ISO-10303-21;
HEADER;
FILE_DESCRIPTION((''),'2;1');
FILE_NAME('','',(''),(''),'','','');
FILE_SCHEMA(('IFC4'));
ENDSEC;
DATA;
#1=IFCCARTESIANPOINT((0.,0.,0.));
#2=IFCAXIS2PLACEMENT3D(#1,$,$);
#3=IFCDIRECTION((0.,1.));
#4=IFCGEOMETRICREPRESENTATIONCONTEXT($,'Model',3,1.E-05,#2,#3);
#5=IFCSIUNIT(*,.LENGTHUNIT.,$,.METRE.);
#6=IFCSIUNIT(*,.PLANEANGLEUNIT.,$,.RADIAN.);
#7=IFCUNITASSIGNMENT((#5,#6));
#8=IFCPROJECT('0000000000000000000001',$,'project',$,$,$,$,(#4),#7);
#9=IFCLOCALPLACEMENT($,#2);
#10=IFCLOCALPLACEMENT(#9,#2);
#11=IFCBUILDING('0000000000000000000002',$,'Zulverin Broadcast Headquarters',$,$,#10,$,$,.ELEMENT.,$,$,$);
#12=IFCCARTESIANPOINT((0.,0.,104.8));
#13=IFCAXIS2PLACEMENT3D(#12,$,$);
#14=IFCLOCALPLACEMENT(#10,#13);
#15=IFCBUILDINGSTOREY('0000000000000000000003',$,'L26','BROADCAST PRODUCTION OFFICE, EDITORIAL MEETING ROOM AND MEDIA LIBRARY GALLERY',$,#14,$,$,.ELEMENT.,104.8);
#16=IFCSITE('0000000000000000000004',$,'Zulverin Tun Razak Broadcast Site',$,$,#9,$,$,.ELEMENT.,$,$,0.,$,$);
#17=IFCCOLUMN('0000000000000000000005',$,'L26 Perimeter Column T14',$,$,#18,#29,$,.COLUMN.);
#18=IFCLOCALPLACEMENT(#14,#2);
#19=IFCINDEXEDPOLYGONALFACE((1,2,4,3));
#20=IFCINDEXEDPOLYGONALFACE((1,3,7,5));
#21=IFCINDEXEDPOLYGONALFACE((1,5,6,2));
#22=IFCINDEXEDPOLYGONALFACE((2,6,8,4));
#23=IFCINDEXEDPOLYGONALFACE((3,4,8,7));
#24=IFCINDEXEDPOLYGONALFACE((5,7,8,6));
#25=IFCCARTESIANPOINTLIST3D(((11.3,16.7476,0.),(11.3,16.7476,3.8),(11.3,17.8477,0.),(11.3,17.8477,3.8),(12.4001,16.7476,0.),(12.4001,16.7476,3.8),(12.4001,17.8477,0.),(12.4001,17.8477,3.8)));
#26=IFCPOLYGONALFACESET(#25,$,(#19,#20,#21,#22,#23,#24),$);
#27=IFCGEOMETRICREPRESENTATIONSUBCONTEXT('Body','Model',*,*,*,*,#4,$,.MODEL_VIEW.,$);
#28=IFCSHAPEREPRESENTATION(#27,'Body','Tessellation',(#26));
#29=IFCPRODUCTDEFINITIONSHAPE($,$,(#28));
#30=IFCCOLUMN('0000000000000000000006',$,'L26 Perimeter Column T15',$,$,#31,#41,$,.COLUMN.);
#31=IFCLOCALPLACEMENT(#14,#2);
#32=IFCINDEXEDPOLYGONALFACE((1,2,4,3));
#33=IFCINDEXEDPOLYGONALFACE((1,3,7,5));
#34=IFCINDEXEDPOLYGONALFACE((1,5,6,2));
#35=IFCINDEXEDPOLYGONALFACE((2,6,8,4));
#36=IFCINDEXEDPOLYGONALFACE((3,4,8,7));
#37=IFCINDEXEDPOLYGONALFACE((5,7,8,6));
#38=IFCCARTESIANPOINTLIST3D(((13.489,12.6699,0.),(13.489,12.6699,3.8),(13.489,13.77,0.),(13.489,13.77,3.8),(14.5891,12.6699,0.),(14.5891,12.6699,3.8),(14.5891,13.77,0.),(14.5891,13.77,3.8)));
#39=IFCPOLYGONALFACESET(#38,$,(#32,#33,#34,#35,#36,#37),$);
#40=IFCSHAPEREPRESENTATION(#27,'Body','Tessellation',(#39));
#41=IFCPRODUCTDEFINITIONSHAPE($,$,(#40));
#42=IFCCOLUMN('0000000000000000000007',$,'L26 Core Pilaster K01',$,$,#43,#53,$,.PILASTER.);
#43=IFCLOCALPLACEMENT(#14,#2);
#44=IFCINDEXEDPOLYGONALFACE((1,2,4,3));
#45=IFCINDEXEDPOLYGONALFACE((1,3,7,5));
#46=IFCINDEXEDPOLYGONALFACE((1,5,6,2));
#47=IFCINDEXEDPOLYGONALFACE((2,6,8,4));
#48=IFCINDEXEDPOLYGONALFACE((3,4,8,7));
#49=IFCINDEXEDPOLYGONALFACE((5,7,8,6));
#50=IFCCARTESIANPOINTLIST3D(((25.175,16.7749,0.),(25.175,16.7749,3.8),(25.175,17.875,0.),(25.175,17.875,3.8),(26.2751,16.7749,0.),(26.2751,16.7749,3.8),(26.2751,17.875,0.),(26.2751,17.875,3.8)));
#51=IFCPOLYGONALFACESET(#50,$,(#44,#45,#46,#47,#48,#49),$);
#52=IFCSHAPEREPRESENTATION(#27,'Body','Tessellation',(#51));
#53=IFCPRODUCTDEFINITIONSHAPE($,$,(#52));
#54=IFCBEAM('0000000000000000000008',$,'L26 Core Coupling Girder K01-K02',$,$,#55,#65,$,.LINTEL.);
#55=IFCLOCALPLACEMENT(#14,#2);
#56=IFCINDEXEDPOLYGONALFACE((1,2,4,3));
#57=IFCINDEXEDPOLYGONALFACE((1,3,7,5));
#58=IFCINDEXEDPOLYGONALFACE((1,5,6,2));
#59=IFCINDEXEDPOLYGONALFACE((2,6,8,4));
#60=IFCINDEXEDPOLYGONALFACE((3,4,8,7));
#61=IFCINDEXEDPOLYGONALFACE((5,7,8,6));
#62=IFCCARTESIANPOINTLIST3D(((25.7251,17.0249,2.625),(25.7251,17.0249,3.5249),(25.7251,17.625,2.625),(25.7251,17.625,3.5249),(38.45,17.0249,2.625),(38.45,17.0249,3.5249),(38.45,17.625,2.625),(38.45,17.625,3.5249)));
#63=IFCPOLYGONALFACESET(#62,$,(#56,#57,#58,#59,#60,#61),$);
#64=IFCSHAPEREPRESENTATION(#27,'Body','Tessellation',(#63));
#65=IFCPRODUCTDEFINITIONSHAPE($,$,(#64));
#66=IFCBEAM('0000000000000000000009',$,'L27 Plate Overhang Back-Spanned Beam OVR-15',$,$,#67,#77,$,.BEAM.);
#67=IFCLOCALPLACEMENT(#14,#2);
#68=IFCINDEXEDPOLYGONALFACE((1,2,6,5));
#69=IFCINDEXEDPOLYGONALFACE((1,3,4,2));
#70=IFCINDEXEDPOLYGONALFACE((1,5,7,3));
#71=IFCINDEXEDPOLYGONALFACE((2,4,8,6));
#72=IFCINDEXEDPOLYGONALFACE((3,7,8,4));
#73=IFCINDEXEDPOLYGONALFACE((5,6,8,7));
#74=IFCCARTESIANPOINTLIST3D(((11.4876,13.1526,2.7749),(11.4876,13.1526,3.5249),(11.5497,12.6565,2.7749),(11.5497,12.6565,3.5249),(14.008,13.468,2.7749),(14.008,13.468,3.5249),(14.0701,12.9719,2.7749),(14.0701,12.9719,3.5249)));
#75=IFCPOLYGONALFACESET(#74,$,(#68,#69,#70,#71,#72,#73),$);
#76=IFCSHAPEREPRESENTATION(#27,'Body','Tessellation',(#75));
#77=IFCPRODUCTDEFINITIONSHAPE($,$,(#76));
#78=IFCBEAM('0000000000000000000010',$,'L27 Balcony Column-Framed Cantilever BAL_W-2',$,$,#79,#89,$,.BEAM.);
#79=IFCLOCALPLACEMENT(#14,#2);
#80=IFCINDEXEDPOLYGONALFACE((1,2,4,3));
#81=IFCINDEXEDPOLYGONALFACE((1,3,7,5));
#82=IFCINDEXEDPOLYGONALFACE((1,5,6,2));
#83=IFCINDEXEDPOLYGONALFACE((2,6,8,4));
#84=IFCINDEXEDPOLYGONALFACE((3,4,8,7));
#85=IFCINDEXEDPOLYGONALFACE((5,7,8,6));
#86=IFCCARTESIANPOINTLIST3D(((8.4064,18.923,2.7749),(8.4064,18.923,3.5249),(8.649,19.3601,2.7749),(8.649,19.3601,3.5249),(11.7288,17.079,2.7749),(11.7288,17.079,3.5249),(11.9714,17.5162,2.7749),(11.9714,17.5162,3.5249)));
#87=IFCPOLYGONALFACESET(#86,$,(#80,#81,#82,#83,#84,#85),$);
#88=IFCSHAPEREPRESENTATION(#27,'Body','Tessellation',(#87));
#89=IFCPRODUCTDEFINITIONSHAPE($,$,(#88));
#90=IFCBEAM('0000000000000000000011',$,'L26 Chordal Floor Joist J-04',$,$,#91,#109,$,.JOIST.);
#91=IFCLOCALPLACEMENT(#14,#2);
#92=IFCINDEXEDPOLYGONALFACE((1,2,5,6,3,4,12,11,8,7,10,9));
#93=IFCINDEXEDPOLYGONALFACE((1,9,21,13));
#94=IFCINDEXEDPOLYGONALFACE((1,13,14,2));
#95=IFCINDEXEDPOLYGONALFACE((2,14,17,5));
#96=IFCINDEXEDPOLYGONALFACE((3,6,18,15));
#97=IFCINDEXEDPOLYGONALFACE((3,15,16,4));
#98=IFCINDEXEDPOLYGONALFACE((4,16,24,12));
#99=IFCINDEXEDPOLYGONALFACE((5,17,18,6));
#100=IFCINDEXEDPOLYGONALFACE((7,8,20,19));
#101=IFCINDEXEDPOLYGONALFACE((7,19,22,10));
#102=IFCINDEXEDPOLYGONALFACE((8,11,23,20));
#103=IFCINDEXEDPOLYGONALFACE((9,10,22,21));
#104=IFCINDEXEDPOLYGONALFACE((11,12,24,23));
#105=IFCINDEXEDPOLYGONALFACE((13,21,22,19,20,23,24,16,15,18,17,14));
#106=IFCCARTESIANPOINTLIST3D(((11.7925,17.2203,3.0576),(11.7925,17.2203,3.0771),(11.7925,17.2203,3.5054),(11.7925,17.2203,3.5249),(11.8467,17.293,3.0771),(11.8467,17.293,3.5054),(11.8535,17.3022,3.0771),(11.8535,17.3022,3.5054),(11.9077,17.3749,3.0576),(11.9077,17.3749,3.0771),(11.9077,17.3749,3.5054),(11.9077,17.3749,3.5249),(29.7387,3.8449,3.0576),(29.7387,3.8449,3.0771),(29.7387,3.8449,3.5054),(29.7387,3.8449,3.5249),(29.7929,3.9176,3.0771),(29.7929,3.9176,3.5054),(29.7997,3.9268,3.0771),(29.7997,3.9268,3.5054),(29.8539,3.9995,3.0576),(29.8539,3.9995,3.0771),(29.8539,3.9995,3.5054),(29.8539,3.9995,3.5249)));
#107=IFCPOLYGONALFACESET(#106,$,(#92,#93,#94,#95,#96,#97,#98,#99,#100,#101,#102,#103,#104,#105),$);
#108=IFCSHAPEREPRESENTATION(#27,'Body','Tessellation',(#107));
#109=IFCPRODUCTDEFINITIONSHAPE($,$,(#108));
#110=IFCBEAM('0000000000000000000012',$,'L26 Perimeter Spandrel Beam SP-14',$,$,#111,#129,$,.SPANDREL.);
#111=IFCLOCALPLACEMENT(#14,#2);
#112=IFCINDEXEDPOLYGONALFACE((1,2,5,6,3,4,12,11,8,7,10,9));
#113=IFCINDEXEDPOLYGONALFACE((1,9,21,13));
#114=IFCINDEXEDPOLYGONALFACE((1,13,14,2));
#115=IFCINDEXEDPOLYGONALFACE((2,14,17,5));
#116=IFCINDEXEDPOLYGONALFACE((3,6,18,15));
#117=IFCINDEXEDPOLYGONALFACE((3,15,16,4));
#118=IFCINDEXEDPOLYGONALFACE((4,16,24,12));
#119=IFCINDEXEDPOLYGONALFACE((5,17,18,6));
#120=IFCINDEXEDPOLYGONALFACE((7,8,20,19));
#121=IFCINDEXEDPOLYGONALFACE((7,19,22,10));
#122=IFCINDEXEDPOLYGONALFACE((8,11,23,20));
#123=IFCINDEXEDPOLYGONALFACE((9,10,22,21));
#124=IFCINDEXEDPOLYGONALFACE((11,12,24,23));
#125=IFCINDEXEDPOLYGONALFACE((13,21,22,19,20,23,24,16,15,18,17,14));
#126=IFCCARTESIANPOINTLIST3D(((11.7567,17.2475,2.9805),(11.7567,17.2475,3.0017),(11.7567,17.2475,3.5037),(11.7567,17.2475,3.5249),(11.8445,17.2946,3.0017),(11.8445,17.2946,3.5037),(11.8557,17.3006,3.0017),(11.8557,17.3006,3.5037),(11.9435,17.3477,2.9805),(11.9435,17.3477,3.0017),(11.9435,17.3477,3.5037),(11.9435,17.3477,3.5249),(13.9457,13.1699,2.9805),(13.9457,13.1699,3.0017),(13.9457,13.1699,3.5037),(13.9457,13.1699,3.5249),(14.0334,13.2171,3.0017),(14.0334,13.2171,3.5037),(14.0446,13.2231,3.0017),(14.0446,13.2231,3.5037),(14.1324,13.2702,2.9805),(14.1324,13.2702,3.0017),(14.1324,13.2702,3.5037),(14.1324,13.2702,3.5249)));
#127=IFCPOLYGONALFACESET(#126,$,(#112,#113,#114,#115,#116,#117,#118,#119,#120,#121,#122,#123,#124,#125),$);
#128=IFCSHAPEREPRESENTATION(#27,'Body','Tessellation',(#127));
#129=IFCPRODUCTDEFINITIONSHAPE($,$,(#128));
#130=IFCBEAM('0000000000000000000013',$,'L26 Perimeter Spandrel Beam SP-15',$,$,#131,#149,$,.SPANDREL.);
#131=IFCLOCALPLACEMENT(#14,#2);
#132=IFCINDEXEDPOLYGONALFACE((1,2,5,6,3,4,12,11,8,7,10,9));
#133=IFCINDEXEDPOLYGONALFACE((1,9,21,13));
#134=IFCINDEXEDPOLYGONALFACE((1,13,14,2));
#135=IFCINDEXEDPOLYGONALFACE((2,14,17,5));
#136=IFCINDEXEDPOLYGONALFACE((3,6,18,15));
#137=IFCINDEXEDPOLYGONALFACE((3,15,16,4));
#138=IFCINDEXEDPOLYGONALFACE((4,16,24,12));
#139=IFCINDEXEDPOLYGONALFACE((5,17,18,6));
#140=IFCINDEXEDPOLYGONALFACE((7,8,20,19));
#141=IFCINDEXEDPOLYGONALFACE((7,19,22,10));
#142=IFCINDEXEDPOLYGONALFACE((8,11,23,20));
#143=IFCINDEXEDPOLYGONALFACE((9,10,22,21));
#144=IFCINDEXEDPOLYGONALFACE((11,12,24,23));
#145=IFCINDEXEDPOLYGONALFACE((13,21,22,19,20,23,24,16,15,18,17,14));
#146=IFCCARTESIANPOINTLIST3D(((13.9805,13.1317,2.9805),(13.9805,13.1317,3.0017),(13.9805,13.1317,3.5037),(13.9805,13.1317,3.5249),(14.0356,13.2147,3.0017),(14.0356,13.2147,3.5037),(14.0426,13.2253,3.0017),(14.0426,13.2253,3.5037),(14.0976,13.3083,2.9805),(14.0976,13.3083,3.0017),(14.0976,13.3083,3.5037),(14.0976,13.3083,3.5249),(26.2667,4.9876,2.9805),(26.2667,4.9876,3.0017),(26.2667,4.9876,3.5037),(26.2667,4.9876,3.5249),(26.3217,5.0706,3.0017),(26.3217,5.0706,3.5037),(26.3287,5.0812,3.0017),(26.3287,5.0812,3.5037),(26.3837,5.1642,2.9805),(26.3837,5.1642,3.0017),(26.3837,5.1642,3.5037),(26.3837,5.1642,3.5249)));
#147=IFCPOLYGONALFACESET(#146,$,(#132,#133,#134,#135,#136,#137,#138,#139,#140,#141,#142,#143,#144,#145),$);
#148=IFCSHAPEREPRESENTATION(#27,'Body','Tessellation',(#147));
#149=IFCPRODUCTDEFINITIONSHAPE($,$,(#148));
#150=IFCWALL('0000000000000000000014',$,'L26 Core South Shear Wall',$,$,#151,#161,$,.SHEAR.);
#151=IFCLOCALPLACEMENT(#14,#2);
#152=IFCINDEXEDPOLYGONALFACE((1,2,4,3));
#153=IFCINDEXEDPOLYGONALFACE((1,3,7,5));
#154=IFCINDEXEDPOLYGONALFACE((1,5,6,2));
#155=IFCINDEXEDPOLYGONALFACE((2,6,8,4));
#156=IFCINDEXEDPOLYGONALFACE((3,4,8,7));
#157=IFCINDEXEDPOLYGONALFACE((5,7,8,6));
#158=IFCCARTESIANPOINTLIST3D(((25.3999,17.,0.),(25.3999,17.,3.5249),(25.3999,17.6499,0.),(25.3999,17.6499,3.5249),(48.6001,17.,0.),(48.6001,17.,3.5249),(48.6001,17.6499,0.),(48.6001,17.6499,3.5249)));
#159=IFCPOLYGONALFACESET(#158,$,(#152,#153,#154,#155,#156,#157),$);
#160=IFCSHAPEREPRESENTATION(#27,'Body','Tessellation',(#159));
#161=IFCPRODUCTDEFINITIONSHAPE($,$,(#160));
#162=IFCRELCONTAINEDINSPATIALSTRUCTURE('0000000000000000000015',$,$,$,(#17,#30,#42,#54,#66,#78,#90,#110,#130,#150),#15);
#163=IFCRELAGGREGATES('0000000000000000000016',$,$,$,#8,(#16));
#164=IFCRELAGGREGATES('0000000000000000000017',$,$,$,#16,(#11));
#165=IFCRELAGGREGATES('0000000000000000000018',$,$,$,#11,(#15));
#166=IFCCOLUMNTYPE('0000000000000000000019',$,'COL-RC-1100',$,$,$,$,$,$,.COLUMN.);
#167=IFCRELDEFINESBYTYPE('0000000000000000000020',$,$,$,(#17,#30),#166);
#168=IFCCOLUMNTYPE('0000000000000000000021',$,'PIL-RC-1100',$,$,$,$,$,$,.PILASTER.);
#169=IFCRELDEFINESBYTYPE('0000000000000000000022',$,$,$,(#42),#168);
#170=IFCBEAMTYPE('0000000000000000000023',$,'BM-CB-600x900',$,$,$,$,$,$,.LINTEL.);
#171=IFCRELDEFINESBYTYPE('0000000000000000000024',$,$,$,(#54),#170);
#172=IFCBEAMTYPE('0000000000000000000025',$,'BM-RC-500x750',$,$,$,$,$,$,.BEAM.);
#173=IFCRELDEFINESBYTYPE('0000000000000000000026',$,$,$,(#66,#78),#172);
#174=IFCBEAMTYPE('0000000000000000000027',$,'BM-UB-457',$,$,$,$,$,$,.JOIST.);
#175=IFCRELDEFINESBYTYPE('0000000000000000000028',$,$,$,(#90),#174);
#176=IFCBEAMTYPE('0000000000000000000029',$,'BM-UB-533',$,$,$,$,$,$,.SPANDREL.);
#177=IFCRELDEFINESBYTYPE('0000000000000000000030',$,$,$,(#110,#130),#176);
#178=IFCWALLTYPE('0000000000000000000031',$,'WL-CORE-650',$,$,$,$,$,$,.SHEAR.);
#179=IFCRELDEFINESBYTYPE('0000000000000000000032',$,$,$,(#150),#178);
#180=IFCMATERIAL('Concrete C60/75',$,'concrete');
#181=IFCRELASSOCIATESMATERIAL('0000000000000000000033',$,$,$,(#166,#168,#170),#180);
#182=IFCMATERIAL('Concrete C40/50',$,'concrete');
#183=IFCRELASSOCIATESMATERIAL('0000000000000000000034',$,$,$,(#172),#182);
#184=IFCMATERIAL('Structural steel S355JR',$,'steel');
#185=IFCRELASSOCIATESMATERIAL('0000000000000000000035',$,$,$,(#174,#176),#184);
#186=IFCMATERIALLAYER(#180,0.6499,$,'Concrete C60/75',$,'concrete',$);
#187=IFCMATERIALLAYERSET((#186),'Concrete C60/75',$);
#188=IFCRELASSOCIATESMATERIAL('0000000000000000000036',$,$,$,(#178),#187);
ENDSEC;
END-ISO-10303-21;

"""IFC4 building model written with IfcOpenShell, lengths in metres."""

from ifc_helpers import new_model, si_unit, direction, frame, frame_2d, origin, origin_2d, place, context, subcontext, project, spatial, rectangle, i_section, extrude, material, layer, layer_set, material_profile, profile_set, type_object, element, save


model = new_model("IFC4")

# Units and contexts
model_context = context("Model", 3, precision=1e-05, world=origin(), true_north=direction((0.0, 1.0)))
body_context = subcontext(model_context, "Body", "Model", "MODEL_VIEW")
ifc_project = project(units=[si_unit("LENGTHUNIT", "METRE"), si_unit("PLANEANGLEUNIT", "RADIAN")], contexts=[model_context])

# Site, building, storey
site_placement = place(None, origin())
site = spatial("IfcSite", under=ifc_project, at=site_placement, Name="Zulverin Tun Razak Broadcast Site", CompositionType="ELEMENT", RefElevation=0.0)
building_placement = place(site_placement, origin())
building = spatial("IfcBuilding", under=site, at=building_placement, Name="Zulverin Broadcast Headquarters", CompositionType="ELEMENT")
storey_placement = place(building_placement, frame((0.0, 0.0, 104.8)))
storey = spatial("IfcBuildingStorey", under=building, at=storey_placement, Name="L26", Description="BROADCAST PRODUCTION OFFICE, EDITORIAL MEETING ROOM AND MEDIA LIBRARY GALLERY", CompositionType="ELEMENT", Elevation=104.8)

# Columns
ifc_material_1 = material(Name="Concrete C60/75", Category="concrete")
ifc_material_profile_1 = material_profile(ifc_material_1, rectangle(XDim=1.1001, YDim=1.1001, at=origin_2d()), Name="Concrete C60/75", Category="concrete")
ifc_profile_set_1 = profile_set([ifc_material_profile_1], Name="Concrete C60/75")
column_type_1 = type_object("IfcColumnType", Name="COL-RC-1100", PredefinedType="COLUMN", material=ifc_profile_set_1)
for number, where, z_axis, x_axis, name in (
    (1, (11.8501, 17.2976, 0.0), (0.0, 0.0, 1.0), (1.0, 0.0, 0.0), "L26 Perimeter Column T14"),
    (2, (14.0391, 13.22, 0.0), (0.0, 0.0, 1.0), (1.0, 0.0, 0.0), "L26 Perimeter Column T15"),
):
    element("IfcColumn", number, at=place(storey_placement, frame(where, z_axis=z_axis, x_axis=x_axis)), inside=storey, type_object=column_type_1, Name=name, PredefinedType="COLUMN", context=body_context, shape_type="SweptSolid", body=[
        extrude(rectangle(XDim=1.1001, YDim=1.1001, at=origin_2d()), origin(), (0.0, 0.0, 1.0), 3.8),
    ])
ifc_material_profile_2 = material_profile(ifc_material_1, rectangle(XDim=1.1001, YDim=1.1001, at=origin_2d()), Name="Concrete C60/75", Category="concrete")
ifc_profile_set_2 = profile_set([ifc_material_profile_2], Name="Concrete C60/75")
column_type_2 = type_object("IfcColumnType", Name="PIL-RC-1100", PredefinedType="PILASTER", material=ifc_profile_set_2)
column_placement = place(storey_placement, frame((25.7251, 17.325, 0.0), z_axis=(0.0, 0.0, 1.0), x_axis=(1.0, 0.0, 0.0)))
element("IfcColumn", 3, at=column_placement, inside=storey, type_object=column_type_2, Name="L26 Core Pilaster K01", PredefinedType="PILASTER", context=body_context, shape_type="SweptSolid", body=[
    extrude(rectangle(XDim=1.1001, YDim=1.1001, at=origin_2d()), origin(), (0.0, 0.0, 1.0), 3.8),
])

# Beams
ifc_material_profile_3 = material_profile(ifc_material_1, rectangle(XDim=0.6001, YDim=0.8999, at=origin_2d()), Name="Concrete C60/75", Category="concrete")
ifc_profile_set_3 = profile_set([ifc_material_profile_3], Name="Concrete C60/75")
beam_type_1 = type_object("IfcBeamType", Name="BM-CB-600x900", PredefinedType="LINTEL", material=ifc_profile_set_3)
beam_1_placement = place(storey_placement, frame((25.7251, 17.325, 3.075), z_axis=(1.0, 0.0, 0.0), x_axis=(0.0, 1.0, 0.0)))
element("IfcBeam", 4, at=beam_1_placement, inside=storey, type_object=beam_type_1, Name="L26 Core Coupling Girder K01-K02", PredefinedType="LINTEL", context=body_context, shape_type="SweptSolid", body=[
    extrude(rectangle(XDim=0.6001, YDim=0.8999, at=origin_2d()), origin(), (0.0, 0.0, 1.0), 12.7249),
])
ifc_material_2 = material(Name="Concrete C40/50", Category="concrete")
ifc_material_profile_4 = material_profile(ifc_material_2, rectangle(XDim=0.5, YDim=0.75, at=origin_2d()), Name="Concrete C40/50", Category="concrete")
ifc_profile_set_4 = profile_set([ifc_material_profile_4], Name="Concrete C40/50")
beam_type_2 = type_object("IfcBeamType", Name="BM-RC-500x750", PredefinedType="BEAM", material=ifc_profile_set_4)
beam_2_placement = place(storey_placement, frame((14.0391, 13.22, 3.1499), z_axis=(-0.992259, -0.124189, 0.0), x_axis=(0.124189, -0.992259, 0.0)))
element("IfcBeam", 5, at=beam_2_placement, inside=storey, type_object=beam_type_2, Name="L27 Plate Overhang Back-Spanned Beam OVR-15", PredefinedType="BEAM", context=body_context, shape_type="SweptSolid", body=[
    extrude(rectangle(XDim=0.5, YDim=0.75, at=origin_2d()), origin(), (0.0, 0.0, 1.0), 2.54),
])
beam_3_placement = place(storey_placement, frame((11.8501, 17.2976, 3.1499), z_axis=(-0.874363, 0.485272, 0.0), x_axis=(-0.485272, -0.874363, 0.0)))
element("IfcBeam", 6, at=beam_3_placement, inside=storey, type_object=beam_type_2, Name="L27 Balcony Column-Framed Cantilever BAL_W-2", PredefinedType="BEAM", context=body_context, shape_type="SweptSolid", body=[
    extrude(rectangle(XDim=0.5, YDim=0.75, at=origin_2d()), origin(), (0.0, 0.0, 1.0), 3.7998),
])
ifc_material_3 = material(Name="Structural steel S355JR", Category="steel")
ifc_material_profile_5 = material_profile(ifc_material_3, i_section(OverallWidth=0.1929, OverallDepth=0.4673, WebThickness=0.0115, FlangeThickness=0.0195, at=origin_2d()), Name="Structural steel S355JR", Category="steel")
ifc_profile_set_5 = profile_set([ifc_material_profile_5], Name="Structural steel S355JR")
beam_type_3 = type_object("IfcBeamType", Name="BM-UB-457", PredefinedType="JOIST", material=ifc_profile_set_5)
beam_4_placement = place(storey_placement, frame((11.8501, 17.2976, 3.2913), z_axis=(0.801803, -0.597589, 0.0), x_axis=(0.597589, 0.801803, 0.0)))
element("IfcBeam", 7, at=beam_4_placement, inside=storey, type_object=beam_type_3, Name="L26 Chordal Floor Joist J-04", PredefinedType="JOIST", context=body_context, shape_type="SweptSolid", body=[
    extrude(i_section(OverallWidth=0.1929, OverallDepth=0.4673, WebThickness=0.0115, FlangeThickness=0.0195, at=origin_2d()), origin(), (0.0, 0.0, 1.0), 22.3823),
])
ifc_material_profile_6 = material_profile(ifc_material_3, i_section(OverallWidth=0.2119, OverallDepth=0.5444, WebThickness=0.0127, FlangeThickness=0.0212, at=origin_2d()), Name="Structural steel S355JR", Category="steel")
ifc_profile_set_6 = profile_set([ifc_material_profile_6], Name="Structural steel S355JR")
beam_type_4 = type_object("IfcBeamType", Name="BM-UB-533", PredefinedType="SPANDREL", material=ifc_profile_set_6)
beam_5_placement = place(storey_placement, frame((11.8501, 17.2976, 3.2527), z_axis=(0.47298, -0.881073, 0.0), x_axis=(0.881073, 0.47298, 0.0)))
element("IfcBeam", 8, at=beam_5_placement, inside=storey, type_object=beam_type_4, Name="L26 Perimeter Spandrel Beam SP-14", PredefinedType="SPANDREL", context=body_context, shape_type="SweptSolid", body=[
    extrude(i_section(OverallWidth=0.2119, OverallDepth=0.5444, WebThickness=0.0127, FlangeThickness=0.0212, at=origin_2d()), origin(), (0.0, 0.0, 1.0), 4.6279),
])
beam_6_placement = place(storey_placement, frame((14.0391, 13.22, 3.2527), z_axis=(0.83351, -0.552504, 0.0), x_axis=(0.552504, 0.83351, 0.0)))
element("IfcBeam", 9, at=beam_6_placement, inside=storey, type_object=beam_type_4, Name="L26 Perimeter Spandrel Beam SP-15", PredefinedType="SPANDREL", context=body_context, shape_type="SweptSolid", body=[
    extrude(i_section(OverallWidth=0.2119, OverallDepth=0.5444, WebThickness=0.0127, FlangeThickness=0.0212, at=origin_2d()), origin(), (0.0, 0.0, 1.0), 14.7402),
])

# Wall
ifc_layer_1 = layer(ifc_material_1, 0.6499, Name="Concrete C60/75", Category="concrete")
ifc_layer_set_1 = layer_set([ifc_layer_1], Name="Concrete C60/75")
wall_type_1 = type_object("IfcWallType", Name="WL-CORE-650", PredefinedType="SHEAR", material=ifc_layer_set_1)
wall_1_placement = place(storey_placement, frame((25.3999, 17.325, 0.0), z_axis=(0.0, 0.0, 1.0), x_axis=(1.0, 0.0, 0.0)))
element("IfcWall", 10, at=wall_1_placement, inside=storey, type_object=wall_type_1, Name="L26 Core South Shear Wall", PredefinedType="SHEAR", context=body_context, shape_type="SweptSolid", body=[
    extrude(rectangle(XDim=23.2002, YDim=0.6499, at=frame_2d((11.6001, 0.0))), origin(), (0.0, 0.0, 1.0), 3.5249),
])

save(model, "model.ifc")
